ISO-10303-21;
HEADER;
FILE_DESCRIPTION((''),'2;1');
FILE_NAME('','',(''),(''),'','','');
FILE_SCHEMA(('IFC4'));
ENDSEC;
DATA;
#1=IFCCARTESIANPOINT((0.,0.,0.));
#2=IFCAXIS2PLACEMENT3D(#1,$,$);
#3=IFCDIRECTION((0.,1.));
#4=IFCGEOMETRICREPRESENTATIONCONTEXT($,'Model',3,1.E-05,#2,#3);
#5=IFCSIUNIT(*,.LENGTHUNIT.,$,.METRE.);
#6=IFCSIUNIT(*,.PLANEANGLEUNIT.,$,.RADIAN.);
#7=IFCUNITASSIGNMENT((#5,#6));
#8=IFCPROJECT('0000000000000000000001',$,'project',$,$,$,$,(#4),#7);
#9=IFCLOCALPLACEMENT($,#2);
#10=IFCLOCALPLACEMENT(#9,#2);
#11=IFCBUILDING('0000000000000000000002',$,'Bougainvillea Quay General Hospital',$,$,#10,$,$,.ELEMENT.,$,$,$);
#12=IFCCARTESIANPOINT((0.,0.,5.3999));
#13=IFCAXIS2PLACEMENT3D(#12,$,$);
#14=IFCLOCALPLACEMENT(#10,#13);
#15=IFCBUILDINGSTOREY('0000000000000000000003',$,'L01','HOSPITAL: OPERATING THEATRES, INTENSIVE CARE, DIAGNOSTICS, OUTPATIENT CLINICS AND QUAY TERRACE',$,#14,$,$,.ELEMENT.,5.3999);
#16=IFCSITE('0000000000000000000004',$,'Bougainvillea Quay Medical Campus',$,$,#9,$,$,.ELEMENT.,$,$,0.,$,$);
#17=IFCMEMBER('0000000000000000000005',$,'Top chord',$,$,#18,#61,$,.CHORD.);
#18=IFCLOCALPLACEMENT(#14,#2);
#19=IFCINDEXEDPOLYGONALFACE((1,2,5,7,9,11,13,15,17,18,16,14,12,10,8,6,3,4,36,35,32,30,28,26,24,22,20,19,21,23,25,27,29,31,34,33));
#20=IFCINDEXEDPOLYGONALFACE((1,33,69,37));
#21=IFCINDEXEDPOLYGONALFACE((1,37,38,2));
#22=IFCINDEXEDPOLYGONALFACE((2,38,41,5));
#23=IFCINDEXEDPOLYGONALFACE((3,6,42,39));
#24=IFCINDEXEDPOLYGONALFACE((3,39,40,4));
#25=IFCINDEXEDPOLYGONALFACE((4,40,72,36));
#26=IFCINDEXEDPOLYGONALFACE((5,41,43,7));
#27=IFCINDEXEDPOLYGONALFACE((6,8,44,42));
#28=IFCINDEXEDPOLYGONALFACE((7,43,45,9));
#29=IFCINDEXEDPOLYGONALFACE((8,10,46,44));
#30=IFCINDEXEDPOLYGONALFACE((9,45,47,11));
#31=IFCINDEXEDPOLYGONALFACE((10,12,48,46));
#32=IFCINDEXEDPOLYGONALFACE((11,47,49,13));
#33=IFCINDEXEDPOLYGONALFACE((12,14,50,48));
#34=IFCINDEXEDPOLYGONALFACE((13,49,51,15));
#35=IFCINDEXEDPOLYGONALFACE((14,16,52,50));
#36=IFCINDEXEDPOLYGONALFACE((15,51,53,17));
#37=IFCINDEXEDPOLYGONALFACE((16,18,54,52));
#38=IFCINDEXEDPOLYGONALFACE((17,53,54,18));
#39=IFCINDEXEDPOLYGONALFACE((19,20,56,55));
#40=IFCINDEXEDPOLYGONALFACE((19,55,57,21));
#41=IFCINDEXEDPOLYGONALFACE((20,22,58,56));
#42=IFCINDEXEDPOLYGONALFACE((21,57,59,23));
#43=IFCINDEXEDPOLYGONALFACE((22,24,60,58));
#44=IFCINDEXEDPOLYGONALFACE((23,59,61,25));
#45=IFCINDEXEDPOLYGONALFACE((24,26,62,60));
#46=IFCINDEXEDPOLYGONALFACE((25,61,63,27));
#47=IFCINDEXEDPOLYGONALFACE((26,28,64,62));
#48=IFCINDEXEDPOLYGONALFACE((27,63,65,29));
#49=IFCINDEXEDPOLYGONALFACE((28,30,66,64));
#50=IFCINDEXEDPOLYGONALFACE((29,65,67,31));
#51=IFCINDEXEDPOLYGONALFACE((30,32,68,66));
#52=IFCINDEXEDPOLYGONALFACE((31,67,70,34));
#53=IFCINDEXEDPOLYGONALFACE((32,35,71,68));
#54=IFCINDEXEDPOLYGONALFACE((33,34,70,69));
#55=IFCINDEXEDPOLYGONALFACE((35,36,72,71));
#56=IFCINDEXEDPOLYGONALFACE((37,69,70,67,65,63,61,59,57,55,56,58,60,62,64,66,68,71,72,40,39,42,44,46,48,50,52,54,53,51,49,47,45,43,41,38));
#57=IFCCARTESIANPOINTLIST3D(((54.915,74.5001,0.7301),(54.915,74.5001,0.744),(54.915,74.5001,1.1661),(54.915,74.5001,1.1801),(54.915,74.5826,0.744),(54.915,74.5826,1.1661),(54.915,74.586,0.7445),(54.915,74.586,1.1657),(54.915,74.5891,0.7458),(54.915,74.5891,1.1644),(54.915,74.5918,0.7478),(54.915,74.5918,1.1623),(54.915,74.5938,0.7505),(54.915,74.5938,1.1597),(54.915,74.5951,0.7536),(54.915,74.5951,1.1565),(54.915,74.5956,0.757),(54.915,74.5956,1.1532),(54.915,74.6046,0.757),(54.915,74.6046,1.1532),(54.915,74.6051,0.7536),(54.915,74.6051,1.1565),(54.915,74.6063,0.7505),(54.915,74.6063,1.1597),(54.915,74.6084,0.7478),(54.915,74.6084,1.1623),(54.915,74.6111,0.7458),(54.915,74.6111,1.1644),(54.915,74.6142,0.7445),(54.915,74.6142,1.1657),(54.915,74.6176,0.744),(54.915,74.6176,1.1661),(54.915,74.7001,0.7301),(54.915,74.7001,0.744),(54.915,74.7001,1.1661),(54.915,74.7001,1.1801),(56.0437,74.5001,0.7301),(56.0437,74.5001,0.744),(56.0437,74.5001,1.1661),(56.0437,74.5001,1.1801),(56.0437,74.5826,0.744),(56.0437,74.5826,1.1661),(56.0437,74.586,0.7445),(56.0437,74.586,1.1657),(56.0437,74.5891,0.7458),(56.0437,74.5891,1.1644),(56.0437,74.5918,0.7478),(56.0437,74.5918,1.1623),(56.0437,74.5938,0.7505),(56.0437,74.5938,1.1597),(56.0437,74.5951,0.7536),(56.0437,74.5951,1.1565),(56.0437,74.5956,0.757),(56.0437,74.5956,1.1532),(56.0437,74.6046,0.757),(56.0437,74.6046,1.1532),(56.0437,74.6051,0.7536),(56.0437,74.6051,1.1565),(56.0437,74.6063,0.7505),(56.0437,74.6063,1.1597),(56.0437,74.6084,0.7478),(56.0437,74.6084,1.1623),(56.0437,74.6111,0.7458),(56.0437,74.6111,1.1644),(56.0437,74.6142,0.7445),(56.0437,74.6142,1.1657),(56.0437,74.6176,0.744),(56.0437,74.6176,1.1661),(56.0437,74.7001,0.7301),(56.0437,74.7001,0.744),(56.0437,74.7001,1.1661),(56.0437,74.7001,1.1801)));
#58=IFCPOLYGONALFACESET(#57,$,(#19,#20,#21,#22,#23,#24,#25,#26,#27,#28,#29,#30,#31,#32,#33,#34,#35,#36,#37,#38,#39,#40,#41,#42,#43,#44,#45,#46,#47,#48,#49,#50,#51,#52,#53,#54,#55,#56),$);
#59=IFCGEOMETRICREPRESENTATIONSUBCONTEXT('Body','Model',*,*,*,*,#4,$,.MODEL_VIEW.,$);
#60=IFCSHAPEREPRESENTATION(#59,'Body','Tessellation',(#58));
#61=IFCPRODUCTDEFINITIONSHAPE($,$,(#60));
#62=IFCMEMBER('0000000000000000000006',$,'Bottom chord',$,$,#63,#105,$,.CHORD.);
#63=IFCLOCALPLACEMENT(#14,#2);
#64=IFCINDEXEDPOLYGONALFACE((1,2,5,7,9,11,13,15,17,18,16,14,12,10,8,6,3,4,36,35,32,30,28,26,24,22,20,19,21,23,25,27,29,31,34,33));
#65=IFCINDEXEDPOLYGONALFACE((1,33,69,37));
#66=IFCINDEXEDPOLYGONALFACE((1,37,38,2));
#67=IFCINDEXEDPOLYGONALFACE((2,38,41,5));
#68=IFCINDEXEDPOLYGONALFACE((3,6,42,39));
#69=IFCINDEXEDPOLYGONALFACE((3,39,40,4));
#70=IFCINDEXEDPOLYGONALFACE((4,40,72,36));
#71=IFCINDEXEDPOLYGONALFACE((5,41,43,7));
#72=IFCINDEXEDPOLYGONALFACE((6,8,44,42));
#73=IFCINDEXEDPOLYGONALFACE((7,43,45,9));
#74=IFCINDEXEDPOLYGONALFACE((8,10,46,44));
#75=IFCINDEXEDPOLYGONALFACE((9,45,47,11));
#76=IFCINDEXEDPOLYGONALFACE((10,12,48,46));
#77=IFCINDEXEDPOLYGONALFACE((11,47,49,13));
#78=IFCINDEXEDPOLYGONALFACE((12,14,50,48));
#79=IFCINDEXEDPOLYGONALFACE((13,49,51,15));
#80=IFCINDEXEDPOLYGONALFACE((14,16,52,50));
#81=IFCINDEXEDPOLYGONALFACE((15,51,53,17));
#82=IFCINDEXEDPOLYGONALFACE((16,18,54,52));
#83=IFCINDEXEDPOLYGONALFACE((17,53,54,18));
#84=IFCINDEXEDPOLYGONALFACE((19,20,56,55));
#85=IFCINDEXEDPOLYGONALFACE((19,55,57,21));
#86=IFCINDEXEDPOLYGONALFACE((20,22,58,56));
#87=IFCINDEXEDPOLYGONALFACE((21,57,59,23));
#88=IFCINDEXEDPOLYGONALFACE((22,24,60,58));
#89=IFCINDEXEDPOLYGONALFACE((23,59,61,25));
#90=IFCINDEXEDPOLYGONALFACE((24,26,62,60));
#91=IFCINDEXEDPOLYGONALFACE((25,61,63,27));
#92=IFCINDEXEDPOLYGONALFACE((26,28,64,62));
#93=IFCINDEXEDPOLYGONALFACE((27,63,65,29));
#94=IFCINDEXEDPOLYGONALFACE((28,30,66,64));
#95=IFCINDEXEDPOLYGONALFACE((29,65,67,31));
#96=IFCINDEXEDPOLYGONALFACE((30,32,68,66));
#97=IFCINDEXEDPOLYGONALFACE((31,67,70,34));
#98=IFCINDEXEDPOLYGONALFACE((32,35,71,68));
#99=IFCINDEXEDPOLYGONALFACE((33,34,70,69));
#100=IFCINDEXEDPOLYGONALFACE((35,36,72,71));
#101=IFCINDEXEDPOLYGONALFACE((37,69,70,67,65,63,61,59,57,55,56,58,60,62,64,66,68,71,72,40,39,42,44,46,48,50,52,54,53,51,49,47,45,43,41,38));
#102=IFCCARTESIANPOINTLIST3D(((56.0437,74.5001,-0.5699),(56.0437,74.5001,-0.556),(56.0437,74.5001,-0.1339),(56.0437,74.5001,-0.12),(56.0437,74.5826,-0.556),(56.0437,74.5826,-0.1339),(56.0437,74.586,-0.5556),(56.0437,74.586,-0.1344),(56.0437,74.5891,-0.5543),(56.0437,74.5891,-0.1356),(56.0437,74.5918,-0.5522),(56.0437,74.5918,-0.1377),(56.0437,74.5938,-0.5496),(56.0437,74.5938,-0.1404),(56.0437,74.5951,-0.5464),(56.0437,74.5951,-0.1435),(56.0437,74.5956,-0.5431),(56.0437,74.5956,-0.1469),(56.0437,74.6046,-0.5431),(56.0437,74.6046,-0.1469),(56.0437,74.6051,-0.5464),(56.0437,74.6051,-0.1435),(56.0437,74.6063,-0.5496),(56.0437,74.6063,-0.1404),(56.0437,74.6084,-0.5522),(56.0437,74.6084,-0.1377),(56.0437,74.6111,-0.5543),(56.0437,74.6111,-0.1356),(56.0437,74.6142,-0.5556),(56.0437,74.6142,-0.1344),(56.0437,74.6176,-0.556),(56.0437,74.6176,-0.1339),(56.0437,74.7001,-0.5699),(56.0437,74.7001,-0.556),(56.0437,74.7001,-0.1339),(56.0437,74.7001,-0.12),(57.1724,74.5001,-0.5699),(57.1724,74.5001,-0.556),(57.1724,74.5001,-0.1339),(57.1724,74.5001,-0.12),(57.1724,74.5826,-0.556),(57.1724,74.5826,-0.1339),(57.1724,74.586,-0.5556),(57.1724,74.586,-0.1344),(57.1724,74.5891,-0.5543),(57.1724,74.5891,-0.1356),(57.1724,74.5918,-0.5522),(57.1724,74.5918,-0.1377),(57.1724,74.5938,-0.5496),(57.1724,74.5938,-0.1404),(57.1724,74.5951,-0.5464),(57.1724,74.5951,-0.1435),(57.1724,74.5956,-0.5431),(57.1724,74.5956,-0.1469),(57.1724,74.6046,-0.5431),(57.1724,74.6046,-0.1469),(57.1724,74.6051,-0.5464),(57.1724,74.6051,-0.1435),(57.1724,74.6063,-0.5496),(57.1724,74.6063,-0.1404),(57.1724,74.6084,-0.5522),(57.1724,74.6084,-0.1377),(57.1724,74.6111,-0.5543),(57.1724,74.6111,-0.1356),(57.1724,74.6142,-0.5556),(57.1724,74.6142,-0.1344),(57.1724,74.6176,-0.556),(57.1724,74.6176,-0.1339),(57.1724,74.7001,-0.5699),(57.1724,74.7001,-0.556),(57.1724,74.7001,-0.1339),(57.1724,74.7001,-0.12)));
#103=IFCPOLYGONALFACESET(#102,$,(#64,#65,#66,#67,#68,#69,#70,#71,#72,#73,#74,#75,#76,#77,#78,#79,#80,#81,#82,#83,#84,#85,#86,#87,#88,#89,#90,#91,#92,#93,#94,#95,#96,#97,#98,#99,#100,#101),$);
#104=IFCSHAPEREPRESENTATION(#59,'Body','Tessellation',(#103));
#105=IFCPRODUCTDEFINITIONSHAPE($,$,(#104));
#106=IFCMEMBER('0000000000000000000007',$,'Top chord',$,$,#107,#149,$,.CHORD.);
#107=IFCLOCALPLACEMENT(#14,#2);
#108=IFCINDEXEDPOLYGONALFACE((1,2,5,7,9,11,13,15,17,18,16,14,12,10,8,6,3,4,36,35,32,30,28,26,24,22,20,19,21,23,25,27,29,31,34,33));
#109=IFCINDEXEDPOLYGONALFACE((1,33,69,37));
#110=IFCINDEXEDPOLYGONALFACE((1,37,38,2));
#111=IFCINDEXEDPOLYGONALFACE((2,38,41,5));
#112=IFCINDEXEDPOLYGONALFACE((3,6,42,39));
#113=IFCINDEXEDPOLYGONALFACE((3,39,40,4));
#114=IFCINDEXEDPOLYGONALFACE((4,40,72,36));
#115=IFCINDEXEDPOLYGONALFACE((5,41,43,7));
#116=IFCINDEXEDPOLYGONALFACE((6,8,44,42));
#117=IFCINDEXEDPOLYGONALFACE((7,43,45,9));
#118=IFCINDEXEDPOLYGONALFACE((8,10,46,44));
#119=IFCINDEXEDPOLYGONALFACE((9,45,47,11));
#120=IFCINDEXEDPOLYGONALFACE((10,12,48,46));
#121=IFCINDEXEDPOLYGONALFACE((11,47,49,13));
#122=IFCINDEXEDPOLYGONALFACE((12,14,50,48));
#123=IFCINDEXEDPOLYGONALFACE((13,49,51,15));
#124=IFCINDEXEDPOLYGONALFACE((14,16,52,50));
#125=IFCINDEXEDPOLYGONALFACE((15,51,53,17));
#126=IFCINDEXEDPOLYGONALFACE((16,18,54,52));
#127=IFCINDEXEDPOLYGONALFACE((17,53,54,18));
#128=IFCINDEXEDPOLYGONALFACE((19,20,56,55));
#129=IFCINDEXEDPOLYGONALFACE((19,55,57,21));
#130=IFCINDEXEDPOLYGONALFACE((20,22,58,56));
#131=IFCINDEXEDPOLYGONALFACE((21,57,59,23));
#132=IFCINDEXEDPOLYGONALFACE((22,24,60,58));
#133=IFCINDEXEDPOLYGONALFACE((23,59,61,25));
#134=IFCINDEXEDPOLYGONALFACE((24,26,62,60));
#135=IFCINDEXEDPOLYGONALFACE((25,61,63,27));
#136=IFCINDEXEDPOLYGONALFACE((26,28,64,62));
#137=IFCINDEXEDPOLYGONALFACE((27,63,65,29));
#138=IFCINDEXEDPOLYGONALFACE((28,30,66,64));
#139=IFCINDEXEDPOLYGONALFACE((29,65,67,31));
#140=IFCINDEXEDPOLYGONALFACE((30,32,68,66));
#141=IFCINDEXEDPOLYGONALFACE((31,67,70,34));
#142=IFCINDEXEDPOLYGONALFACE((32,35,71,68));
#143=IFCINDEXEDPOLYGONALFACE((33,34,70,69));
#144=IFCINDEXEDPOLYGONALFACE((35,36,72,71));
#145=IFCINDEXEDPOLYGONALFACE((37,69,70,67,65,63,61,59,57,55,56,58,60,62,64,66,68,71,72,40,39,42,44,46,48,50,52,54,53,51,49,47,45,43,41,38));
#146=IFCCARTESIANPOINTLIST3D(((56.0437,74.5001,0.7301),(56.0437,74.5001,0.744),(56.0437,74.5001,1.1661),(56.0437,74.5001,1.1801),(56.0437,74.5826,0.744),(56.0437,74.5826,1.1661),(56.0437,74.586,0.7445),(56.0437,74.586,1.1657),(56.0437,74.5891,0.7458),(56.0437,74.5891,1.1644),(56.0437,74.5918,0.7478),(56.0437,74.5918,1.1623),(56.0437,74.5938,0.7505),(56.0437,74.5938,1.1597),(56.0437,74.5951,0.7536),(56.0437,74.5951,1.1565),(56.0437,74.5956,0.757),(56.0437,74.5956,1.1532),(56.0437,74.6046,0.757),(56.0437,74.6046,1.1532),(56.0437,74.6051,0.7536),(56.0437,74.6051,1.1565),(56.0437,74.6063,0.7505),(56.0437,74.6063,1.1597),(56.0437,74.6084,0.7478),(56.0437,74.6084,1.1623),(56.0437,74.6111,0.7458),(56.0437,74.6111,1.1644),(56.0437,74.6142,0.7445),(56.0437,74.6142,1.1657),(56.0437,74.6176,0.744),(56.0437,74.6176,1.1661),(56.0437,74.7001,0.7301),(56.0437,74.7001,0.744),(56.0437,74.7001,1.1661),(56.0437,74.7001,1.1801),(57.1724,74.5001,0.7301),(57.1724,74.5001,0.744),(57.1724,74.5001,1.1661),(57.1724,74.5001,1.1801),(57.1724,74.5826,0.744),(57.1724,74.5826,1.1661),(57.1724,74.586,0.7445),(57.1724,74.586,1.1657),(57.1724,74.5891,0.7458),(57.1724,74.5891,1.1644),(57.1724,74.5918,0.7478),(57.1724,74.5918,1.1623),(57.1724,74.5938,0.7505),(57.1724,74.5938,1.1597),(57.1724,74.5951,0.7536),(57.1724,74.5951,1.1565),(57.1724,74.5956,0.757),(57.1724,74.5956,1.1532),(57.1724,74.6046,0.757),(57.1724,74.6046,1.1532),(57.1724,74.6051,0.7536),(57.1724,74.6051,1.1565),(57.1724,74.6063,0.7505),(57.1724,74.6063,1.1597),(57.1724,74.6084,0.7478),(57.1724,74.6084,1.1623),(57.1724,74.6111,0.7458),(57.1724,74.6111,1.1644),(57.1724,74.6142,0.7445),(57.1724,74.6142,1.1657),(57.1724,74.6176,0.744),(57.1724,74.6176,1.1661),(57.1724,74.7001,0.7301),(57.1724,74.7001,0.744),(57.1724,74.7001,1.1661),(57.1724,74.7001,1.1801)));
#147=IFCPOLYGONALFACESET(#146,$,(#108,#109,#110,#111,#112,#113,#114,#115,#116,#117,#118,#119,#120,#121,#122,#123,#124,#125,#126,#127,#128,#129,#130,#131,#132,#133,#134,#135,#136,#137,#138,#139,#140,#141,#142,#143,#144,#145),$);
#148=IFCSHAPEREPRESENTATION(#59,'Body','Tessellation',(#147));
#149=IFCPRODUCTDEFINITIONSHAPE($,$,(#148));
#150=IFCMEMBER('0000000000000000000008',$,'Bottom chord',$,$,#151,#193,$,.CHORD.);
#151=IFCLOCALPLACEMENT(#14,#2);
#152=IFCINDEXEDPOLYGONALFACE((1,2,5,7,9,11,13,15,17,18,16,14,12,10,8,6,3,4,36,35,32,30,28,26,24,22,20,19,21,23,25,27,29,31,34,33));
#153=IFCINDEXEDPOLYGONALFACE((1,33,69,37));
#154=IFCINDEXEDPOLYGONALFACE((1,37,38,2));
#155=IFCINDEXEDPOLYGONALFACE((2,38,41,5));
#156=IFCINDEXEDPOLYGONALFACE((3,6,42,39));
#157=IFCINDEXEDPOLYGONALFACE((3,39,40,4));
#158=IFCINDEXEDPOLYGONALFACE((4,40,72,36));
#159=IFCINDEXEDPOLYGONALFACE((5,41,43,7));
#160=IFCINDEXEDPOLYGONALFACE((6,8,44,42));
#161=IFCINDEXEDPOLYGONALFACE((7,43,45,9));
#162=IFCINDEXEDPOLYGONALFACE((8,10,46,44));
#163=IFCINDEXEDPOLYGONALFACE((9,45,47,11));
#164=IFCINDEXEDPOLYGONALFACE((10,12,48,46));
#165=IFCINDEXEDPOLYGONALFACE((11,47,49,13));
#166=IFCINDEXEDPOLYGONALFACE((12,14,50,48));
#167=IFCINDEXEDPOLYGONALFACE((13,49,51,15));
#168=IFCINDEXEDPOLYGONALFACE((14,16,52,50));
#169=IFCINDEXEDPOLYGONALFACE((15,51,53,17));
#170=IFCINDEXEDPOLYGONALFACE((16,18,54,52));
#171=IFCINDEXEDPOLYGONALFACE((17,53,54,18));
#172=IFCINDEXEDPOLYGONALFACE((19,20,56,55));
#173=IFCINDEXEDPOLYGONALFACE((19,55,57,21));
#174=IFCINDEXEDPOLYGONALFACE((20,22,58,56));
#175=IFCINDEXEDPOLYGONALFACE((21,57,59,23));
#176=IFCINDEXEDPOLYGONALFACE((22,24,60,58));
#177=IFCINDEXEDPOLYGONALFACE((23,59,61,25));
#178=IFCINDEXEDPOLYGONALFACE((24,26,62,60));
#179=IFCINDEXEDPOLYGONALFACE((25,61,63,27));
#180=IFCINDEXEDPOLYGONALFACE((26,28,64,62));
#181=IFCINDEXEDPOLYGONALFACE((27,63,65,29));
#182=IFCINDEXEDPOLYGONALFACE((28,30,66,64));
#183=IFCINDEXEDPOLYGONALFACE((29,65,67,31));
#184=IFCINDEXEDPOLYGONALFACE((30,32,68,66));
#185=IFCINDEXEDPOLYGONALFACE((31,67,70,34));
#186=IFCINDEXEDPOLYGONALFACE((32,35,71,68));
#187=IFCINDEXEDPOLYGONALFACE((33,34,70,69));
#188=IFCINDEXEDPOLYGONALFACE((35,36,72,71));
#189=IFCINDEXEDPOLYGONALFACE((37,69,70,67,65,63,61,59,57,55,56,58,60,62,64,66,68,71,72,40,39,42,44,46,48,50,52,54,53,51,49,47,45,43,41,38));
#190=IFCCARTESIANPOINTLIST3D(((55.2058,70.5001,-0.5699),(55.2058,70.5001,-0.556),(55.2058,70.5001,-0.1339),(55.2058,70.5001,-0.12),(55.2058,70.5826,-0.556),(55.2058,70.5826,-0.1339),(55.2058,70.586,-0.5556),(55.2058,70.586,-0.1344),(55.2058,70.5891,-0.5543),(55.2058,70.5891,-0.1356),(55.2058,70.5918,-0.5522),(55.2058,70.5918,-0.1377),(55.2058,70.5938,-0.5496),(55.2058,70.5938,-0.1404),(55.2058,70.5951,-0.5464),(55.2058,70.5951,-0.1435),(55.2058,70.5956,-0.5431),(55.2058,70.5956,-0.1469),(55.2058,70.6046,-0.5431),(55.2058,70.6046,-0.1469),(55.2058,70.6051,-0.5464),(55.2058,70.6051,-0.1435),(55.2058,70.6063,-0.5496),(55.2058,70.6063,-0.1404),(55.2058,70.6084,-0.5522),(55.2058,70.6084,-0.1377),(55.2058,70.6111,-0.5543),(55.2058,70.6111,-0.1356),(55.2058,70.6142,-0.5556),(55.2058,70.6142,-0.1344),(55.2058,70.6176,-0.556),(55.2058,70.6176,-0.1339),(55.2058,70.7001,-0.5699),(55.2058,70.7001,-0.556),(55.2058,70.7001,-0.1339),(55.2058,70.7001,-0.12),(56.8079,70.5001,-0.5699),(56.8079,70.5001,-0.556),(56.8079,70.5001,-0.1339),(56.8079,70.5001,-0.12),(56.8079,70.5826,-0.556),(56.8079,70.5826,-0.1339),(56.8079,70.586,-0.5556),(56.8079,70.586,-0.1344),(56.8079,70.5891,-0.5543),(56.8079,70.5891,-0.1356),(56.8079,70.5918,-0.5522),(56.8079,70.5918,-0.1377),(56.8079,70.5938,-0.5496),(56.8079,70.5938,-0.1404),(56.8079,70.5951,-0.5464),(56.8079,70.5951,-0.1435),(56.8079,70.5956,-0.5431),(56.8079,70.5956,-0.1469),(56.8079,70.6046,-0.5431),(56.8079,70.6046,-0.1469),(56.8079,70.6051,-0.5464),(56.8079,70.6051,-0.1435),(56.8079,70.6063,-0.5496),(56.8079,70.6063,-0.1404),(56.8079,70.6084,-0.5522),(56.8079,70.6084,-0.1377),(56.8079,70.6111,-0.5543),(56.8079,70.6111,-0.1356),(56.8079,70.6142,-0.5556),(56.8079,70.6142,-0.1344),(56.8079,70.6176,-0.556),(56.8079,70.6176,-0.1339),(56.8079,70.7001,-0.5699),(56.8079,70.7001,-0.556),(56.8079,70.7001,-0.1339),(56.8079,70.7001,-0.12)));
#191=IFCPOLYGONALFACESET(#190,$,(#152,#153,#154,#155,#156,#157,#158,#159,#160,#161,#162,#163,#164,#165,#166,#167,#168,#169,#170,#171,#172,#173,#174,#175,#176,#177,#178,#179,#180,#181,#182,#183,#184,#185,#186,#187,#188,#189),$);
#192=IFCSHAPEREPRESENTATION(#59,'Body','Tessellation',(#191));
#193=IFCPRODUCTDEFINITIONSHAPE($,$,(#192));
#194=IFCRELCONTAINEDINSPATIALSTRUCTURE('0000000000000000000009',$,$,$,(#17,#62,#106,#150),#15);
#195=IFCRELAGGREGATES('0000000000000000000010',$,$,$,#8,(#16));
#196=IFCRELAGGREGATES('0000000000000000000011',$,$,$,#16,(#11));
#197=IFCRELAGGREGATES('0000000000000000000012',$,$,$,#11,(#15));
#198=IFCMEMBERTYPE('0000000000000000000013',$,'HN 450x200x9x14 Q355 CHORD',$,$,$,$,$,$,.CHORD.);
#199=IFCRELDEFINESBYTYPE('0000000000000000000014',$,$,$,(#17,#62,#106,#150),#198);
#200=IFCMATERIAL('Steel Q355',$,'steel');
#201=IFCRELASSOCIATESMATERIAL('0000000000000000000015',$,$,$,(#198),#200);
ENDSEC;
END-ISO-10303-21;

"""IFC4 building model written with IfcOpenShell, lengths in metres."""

from ifc_helpers import new_model, si_unit, direction, frame, origin, origin_2d, place, context, subcontext, project, spatial, i_section, extrude, material, material_profile, profile_set, type_object, element, save


model = new_model("IFC4")

# Units and contexts
model_context = context("Model", 3, precision=1e-05, world=origin(), true_north=direction((0.0, 1.0)))
body_context = subcontext(model_context, "Body", "Model", "MODEL_VIEW")
ifc_project = project(units=[si_unit("LENGTHUNIT", "METRE"), si_unit("PLANEANGLEUNIT", "RADIAN")], contexts=[model_context])

# Site, building, storey
site_placement = place(None, origin())
site = spatial("IfcSite", under=ifc_project, at=site_placement, Name="Bougainvillea Quay Medical Campus", CompositionType="ELEMENT", RefElevation=0.0)
building_placement = place(site_placement, origin())
building = spatial("IfcBuilding", under=site, at=building_placement, Name="Bougainvillea Quay General Hospital", CompositionType="ELEMENT")
storey_placement = place(building_placement, frame((0.0, 0.0, 5.3999)))
storey = spatial("IfcBuildingStorey", under=building, at=storey_placement, Name="L01", Description="HOSPITAL: OPERATING THEATRES, INTENSIVE CARE, DIAGNOSTICS, OUTPATIENT CLINICS AND QUAY TERRACE", CompositionType="ELEMENT", Elevation=5.3999)

# Members
ifc_material_1 = material(Name="Steel Q355", Category="steel")
ifc_material_profile_1 = material_profile(ifc_material_1, i_section(OverallWidth=0.2, OverallDepth=0.45, WebThickness=0.009, FlangeThickness=0.0139, FilletRadius=0.0129, at=origin_2d()))
ifc_profile_set_1 = profile_set([ifc_material_profile_1], Name="Steel Q355")
member_type_1 = type_object("IfcMemberType", Name="HN 450x200x9x14 Q355 CHORD", PredefinedType="CHORD", material=ifc_profile_set_1)
for number, where, z_axis, x_axis, name in (
    (1, (54.915, 74.6001, 0.9551), (1.0, 0.0, 0.0), (0.0, 1.0, 0.0), "Top chord"),
    (2, (56.0437, 74.6001, -0.345), (1.0, 0.0, 0.0), (0.0, 1.0, 0.0), "Bottom chord"),
    (3, (56.0437, 74.6001, 0.9551), (1.0, 0.0, 0.0), (0.0, 1.0, 0.0), "Top chord"),
):
    element("IfcMember", number, at=place(storey_placement, frame(where, z_axis=z_axis, x_axis=x_axis)), inside=storey, type_object=member_type_1, Name=name, PredefinedType="CHORD", context=body_context, shape_type="SweptSolid", body=[
        extrude(i_section(OverallWidth=0.2, OverallDepth=0.45, WebThickness=0.009, FlangeThickness=0.0139, FilletRadius=0.0129, at=origin_2d()), origin(), (0.0, 0.0, 1.0), 1.1287),
    ])
for number, where, z_axis, x_axis, name in (
    (4, (55.2058, 70.6001, -0.345), (1.0, 0.0, 0.0), (0.0, 1.0, 0.0), "Bottom chord"),
):
    element("IfcMember", number, at=place(storey_placement, frame(where, z_axis=z_axis, x_axis=x_axis)), inside=storey, type_object=member_type_1, Name=name, PredefinedType="CHORD", context=body_context, shape_type="SweptSolid", body=[
        extrude(i_section(OverallWidth=0.2, OverallDepth=0.45, WebThickness=0.009, FlangeThickness=0.0139, FilletRadius=0.0129, at=origin_2d()), origin(), (0.0, 0.0, 1.0), 1.6021),
    ])

save(model, "model.ifc")
